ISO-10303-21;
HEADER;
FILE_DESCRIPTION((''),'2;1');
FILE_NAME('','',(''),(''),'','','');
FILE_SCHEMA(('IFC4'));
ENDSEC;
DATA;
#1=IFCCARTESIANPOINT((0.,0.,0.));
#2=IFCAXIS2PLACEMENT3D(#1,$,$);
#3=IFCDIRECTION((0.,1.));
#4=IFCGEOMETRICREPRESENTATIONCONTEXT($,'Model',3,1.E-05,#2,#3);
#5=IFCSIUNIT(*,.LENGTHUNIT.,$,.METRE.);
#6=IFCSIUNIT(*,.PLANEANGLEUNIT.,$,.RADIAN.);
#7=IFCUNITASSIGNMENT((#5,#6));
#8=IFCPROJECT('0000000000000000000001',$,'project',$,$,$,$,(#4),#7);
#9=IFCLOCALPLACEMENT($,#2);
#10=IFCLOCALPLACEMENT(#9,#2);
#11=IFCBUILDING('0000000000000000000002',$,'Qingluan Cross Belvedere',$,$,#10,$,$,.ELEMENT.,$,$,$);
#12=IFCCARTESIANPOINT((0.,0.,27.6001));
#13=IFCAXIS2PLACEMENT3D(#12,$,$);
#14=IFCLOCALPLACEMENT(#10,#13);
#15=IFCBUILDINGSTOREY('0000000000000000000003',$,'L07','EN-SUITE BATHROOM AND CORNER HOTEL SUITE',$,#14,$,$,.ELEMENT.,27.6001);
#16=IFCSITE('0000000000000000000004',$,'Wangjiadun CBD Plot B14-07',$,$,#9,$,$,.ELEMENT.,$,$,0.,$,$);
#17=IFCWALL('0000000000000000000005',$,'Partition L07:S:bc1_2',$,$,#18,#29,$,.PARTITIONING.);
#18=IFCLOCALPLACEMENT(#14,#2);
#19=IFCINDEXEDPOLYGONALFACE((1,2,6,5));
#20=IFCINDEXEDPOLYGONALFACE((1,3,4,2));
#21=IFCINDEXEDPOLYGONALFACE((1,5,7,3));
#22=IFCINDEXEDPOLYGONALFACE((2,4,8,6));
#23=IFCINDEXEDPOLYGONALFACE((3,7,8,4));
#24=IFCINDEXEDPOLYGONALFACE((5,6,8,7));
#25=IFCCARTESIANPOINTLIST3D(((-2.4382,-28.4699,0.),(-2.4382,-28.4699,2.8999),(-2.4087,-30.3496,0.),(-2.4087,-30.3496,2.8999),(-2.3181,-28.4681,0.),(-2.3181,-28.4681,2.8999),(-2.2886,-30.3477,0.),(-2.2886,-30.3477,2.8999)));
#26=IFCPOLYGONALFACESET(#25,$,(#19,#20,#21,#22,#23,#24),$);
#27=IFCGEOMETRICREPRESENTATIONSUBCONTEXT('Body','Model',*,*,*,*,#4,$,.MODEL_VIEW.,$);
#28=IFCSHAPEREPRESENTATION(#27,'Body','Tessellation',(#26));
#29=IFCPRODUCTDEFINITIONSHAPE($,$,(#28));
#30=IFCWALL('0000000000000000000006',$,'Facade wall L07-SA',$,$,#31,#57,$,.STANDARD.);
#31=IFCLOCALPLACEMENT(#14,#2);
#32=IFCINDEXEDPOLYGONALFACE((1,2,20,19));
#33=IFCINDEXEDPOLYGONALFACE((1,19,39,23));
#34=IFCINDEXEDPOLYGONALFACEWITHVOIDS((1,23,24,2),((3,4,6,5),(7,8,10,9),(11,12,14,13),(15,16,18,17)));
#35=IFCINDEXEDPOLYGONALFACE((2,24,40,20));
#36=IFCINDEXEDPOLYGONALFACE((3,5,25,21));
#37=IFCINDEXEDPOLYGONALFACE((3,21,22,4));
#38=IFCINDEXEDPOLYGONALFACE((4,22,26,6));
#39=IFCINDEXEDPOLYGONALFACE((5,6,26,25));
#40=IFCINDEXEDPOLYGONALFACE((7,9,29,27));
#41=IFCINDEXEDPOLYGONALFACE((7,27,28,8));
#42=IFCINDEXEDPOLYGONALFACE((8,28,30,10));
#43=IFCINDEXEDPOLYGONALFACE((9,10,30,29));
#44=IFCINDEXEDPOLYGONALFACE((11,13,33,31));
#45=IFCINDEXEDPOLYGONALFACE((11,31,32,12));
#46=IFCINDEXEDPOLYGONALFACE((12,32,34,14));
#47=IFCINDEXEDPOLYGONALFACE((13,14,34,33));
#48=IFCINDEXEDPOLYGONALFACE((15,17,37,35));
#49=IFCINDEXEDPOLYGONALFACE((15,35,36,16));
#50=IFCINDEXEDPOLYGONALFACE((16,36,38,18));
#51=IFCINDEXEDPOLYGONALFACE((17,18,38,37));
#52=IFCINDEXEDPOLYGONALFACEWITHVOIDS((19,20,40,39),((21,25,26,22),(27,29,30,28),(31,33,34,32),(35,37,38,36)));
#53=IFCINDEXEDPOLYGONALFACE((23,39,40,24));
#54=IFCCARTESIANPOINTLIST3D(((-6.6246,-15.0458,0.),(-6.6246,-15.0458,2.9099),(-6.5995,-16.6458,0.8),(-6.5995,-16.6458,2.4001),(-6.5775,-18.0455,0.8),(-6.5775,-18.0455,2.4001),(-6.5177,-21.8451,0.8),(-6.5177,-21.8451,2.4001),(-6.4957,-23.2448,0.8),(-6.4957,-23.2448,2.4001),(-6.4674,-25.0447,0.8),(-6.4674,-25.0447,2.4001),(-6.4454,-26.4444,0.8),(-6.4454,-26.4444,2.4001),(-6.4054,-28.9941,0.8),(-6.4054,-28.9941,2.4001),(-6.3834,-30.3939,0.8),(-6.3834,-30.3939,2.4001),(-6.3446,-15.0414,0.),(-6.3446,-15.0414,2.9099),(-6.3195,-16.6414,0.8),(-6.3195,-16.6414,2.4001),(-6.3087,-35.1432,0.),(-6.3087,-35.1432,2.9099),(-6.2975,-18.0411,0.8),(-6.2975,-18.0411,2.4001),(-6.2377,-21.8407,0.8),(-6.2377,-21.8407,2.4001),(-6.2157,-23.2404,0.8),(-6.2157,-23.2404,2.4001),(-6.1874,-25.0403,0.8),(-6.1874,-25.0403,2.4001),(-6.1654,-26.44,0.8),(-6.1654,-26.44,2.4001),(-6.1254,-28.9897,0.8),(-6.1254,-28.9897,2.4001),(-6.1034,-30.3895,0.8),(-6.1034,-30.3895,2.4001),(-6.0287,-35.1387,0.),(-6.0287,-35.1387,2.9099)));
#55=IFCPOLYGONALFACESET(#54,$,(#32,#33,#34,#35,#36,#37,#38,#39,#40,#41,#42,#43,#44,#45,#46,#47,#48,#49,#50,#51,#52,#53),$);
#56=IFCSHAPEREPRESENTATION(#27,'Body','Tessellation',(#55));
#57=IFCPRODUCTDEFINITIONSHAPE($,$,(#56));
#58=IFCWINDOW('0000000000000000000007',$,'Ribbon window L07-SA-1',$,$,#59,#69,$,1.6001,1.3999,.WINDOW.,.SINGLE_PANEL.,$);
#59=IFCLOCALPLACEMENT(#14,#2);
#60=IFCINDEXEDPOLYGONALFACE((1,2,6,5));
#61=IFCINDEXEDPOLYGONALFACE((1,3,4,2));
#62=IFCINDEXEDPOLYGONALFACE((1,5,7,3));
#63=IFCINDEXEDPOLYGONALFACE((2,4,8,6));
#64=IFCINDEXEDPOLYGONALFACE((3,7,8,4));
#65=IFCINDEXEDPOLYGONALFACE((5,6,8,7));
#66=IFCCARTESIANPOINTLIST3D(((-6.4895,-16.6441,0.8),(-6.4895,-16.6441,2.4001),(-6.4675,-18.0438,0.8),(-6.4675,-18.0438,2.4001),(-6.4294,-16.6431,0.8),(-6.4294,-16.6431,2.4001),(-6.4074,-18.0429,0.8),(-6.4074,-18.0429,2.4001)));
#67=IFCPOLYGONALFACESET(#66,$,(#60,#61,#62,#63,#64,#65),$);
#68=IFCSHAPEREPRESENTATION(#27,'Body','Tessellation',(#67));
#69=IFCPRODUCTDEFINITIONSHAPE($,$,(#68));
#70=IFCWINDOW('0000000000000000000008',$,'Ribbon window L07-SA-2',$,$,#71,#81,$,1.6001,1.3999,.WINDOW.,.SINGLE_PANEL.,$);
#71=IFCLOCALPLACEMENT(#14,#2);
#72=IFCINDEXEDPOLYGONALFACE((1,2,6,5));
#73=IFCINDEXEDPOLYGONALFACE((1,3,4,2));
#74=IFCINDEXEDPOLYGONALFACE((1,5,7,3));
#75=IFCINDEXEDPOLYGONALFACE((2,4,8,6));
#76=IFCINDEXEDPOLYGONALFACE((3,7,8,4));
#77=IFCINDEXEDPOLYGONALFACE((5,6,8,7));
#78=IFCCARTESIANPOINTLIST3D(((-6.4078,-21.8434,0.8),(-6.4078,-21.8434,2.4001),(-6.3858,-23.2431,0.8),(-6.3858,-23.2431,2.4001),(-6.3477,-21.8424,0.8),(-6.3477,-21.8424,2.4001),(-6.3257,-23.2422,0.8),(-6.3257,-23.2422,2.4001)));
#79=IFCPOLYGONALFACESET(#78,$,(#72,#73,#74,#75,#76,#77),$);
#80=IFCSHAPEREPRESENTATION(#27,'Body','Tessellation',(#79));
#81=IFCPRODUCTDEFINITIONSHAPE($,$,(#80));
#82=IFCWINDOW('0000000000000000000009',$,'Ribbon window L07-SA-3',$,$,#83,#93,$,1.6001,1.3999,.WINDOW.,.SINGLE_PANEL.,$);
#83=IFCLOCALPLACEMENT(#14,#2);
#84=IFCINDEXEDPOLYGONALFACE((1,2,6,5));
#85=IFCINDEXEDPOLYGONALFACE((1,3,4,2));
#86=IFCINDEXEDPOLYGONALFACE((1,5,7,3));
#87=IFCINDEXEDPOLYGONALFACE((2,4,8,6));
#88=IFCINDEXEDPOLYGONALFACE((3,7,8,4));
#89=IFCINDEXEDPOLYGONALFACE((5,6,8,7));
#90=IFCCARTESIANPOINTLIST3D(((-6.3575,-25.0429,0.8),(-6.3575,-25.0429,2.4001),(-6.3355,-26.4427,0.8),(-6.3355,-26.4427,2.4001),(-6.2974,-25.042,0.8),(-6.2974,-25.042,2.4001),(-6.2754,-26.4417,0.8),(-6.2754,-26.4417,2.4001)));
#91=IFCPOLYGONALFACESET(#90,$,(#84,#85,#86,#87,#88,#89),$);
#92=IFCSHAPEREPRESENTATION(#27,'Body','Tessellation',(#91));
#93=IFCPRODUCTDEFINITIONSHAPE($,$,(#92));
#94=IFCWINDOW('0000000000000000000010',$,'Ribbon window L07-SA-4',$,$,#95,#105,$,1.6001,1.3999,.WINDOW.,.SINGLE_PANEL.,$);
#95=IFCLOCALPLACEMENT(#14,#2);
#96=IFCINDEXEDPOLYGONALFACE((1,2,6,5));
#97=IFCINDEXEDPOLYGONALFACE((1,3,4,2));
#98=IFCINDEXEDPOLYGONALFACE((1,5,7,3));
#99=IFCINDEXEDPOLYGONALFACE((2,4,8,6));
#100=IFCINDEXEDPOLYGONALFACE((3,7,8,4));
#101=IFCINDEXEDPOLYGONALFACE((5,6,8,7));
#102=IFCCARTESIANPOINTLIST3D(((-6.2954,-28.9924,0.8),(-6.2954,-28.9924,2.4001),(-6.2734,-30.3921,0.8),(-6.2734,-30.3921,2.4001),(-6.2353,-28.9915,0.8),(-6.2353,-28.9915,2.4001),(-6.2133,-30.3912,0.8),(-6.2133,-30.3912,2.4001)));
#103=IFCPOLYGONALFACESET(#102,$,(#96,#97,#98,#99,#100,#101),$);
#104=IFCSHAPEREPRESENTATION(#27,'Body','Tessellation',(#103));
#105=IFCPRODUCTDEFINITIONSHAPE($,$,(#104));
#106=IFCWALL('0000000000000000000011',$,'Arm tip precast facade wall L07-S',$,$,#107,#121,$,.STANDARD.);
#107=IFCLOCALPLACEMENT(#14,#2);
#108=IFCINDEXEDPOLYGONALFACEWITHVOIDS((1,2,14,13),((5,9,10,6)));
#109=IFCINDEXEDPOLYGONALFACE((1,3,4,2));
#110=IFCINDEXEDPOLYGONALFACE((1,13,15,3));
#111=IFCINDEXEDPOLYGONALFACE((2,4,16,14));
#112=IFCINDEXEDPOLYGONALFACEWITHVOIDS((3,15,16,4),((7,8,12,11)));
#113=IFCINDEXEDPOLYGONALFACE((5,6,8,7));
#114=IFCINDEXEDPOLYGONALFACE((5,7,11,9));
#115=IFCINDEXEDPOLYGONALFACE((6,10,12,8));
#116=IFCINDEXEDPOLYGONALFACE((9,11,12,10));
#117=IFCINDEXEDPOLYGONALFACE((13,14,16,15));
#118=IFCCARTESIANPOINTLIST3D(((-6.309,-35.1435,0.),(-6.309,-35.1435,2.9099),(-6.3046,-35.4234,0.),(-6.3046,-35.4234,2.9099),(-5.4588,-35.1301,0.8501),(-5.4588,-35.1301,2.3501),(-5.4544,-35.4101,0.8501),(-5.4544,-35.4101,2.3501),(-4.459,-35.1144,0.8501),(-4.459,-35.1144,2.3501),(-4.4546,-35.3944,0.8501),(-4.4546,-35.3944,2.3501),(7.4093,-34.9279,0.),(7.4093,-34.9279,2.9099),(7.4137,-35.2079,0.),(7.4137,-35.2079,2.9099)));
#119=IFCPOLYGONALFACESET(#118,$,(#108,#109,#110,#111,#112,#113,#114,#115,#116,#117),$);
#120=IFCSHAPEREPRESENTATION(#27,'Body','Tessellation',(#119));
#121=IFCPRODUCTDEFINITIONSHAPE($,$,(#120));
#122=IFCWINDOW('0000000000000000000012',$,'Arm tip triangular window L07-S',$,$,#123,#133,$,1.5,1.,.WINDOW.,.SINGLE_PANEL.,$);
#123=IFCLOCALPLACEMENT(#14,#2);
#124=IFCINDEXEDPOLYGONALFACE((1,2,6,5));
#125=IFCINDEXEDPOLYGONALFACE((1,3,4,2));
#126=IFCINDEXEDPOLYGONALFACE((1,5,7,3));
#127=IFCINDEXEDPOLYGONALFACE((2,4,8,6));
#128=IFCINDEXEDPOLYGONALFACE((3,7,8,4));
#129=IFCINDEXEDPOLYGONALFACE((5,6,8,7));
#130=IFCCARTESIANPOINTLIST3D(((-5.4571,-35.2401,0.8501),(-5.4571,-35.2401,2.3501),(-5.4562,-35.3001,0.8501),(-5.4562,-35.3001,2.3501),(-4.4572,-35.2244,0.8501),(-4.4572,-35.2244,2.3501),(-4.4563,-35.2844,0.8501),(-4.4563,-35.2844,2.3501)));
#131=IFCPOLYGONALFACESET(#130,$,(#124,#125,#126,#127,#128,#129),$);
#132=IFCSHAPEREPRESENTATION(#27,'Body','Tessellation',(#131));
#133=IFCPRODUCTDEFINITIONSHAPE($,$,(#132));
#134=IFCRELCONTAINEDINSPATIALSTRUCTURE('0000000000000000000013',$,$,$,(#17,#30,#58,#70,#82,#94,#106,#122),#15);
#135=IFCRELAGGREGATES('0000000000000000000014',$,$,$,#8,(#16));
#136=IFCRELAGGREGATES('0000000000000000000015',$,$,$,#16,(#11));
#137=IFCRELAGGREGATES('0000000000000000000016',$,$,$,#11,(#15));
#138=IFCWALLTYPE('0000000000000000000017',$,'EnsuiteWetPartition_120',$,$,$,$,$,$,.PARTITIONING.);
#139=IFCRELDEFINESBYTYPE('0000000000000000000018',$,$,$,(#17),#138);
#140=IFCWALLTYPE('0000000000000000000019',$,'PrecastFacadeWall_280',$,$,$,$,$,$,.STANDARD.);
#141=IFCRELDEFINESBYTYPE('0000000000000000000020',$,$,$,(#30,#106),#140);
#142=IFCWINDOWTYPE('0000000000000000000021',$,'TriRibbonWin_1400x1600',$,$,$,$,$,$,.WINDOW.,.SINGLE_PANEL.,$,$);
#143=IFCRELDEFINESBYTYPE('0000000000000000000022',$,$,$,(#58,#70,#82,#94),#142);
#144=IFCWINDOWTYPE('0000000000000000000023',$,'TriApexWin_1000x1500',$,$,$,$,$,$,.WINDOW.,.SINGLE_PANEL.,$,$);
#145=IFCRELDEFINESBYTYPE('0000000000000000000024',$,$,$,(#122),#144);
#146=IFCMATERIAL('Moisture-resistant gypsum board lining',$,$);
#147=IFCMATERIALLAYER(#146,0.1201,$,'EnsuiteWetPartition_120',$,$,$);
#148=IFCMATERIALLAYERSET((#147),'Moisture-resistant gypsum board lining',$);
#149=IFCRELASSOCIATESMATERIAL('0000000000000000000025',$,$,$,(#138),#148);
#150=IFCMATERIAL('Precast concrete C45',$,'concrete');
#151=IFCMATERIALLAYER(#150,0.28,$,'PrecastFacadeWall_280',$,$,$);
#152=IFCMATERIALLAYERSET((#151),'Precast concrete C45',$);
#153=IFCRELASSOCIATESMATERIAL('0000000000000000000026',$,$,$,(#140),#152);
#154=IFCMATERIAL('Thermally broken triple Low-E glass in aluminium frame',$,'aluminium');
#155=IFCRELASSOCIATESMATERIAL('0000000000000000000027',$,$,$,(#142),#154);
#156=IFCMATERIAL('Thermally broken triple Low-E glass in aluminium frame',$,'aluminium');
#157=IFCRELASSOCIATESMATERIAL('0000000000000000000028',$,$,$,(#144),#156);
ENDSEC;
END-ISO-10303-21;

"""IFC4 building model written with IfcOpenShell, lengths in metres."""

from ifc_helpers import new_model, si_unit, direction, frame, frame_2d, origin, place, context, subcontext, project, spatial, rectangle, extrude, material, layer, layer_set, type_object, element, fill, save


model = new_model("IFC4")

# Units and contexts
model_context = context("Model", 3, precision=1e-05, world=origin(), true_north=direction((0.0, 1.0)))
body_context = subcontext(model_context, "Body", "Model", "MODEL_VIEW")
ifc_project = project(units=[si_unit("LENGTHUNIT", "METRE"), si_unit("PLANEANGLEUNIT", "RADIAN")], contexts=[model_context])

# Site, building, storey
site_placement = place(None, origin())
site = spatial("IfcSite", under=ifc_project, at=site_placement, Name="Wangjiadun CBD Plot B14-07", CompositionType="ELEMENT", RefElevation=0.0)
building_placement = place(site_placement, origin())
building = spatial("IfcBuilding", under=site, at=building_placement, Name="Qingluan Cross Belvedere", CompositionType="ELEMENT")
storey_placement = place(building_placement, frame((0.0, 0.0, 27.6001)))
storey = spatial("IfcBuildingStorey", under=building, at=storey_placement, Name="L07", Description="EN-SUITE BATHROOM AND CORNER HOTEL SUITE", CompositionType="ELEMENT", Elevation=27.6001)

# Shared definitions
ifc_material_1 = material(Name="Moisture-resistant gypsum board lining")
ifc_layer_1 = layer(ifc_material_1, 0.1201, Name="EnsuiteWetPartition_120")
ifc_layer_set_1 = layer_set([ifc_layer_1], Name="Moisture-resistant gypsum board lining")
wall_type_1 = type_object("IfcWallType", Name="EnsuiteWetPartition_120", PredefinedType="PARTITIONING", material=ifc_layer_set_1)

# Wall
wall_1_placement = place(storey_placement, frame((-2.3782, -28.469, 0.0), z_axis=(0.0, 0.0, 1.0), x_axis=(0.015714, -0.999877, 0.0)))
element("IfcWall", 1, at=wall_1_placement, inside=storey, type_object=wall_type_1, Name="Partition L07:S:bc1_2", PredefinedType="PARTITIONING", context=body_context, shape_type="SweptSolid", body=[
    extrude(rectangle(XDim=1.8799, YDim=0.1201, at=frame_2d((0.9399, 0.0))), origin(), (0.0, 0.0, 1.0), 2.8999),
])

# Wall, openings, windows
ifc_material_2 = material(Name="Precast concrete C45", Category="concrete")
ifc_layer_2 = layer(ifc_material_2, 0.28, Name="PrecastFacadeWall_280")
ifc_layer_set_2 = layer_set([ifc_layer_2], Name="Precast concrete C45")
wall_type_2 = type_object("IfcWallType", Name="PrecastFacadeWall_280", PredefinedType="STANDARD", material=ifc_layer_set_2)
wall_2_placement = place(storey_placement, frame((-6.4846, -15.0437, 0.0), z_axis=(0.0, 0.0, 1.0), x_axis=(0.015717, -0.999876, 0.0)))
wall_2 = element("IfcWall", 2, at=wall_2_placement, inside=storey, type_object=wall_type_2, Name="Facade wall L07-SA", PredefinedType="STANDARD", context=body_context, shape_type="SweptSolid", body=[
    extrude(rectangle(XDim=20.0999, YDim=0.28, at=frame_2d((10.0498, 0.0))), origin(), (0.0, 0.0, 1.0), 2.9099),
])
opening_1_placement = place(wall_2_placement, frame((1.6001, 0.0, 0.8)))
opening_1 = element("IfcOpeningElement", 3, at=opening_1_placement, cuts=wall_2, PredefinedType="OPENING", context=body_context, shape_type="SweptSolid", body=[
    extrude(rectangle(XDim=1.3999, YDim=1.6001, at=frame_2d((0.7, 0.8))), frame((0.0, 0.1499, 0.0), z_axis=(0.0, -1.0, 0.0), x_axis=(1.0, 0.0, 0.0)), (0.0, 0.0, 1.0), 0.3),
])
opening_2_placement = place(wall_2_placement, frame((6.8, 0.0, 0.8)))
opening_2 = element("IfcOpeningElement", 4, at=opening_2_placement, cuts=wall_2, PredefinedType="OPENING", context=body_context, shape_type="SweptSolid", body=[
    extrude(rectangle(XDim=1.3999, YDim=1.6001, at=frame_2d((0.7, 0.8))), frame((0.0, 0.1499, 0.0), z_axis=(0.0, -1.0, 0.0), x_axis=(1.0, 0.0, 0.0)), (0.0, 0.0, 1.0), 0.3),
])
opening_3_placement = place(wall_2_placement, frame((10.0, 0.0, 0.8)))
opening_3 = element("IfcOpeningElement", 5, at=opening_3_placement, cuts=wall_2, PredefinedType="OPENING", context=body_context, shape_type="SweptSolid", body=[
    extrude(rectangle(XDim=1.3999, YDim=1.6001, at=frame_2d((0.7, 0.8))), frame((0.0, 0.1499, 0.0), z_axis=(0.0, -1.0, 0.0), x_axis=(1.0, 0.0, 0.0)), (0.0, 0.0, 1.0), 0.3),
])
opening_4_placement = place(wall_2_placement, frame((13.95, 0.0, 0.8)))
opening_4 = element("IfcOpeningElement", 6, at=opening_4_placement, cuts=wall_2, PredefinedType="OPENING", context=body_context, shape_type="SweptSolid", body=[
    extrude(rectangle(XDim=1.3999, YDim=1.6001, at=frame_2d((0.7, 0.8))), frame((0.0, 0.1499, 0.0), z_axis=(0.0, -1.0, 0.0), x_axis=(1.0, 0.0, 0.0)), (0.0, 0.0, 1.0), 0.3),
])
ifc_material_3 = material(Name="Thermally broken triple Low-E glass in aluminium frame", Category="aluminium")
window_type_1 = type_object("IfcWindowType", Name="TriRibbonWin_1400x1600", PartitioningType="SINGLE_PANEL", PredefinedType="WINDOW", material=ifc_material_3)
window_1_placement = place(opening_1_placement, origin())
window_1 = element("IfcWindow", 7, at=window_1_placement, inside=storey, type_object=window_type_1, Name="Ribbon window L07-SA-1", OverallHeight=1.6001, OverallWidth=1.3999, PartitioningType="SINGLE_PANEL", PredefinedType="WINDOW", context=body_context, shape_type="SweptSolid", body=[
    extrude(rectangle(XDim=1.3999, YDim=1.6001, at=frame_2d((0.7, 0.8))), frame((0.0, 0.03, 0.0), z_axis=(0.0, -1.0, 0.0), x_axis=(1.0, 0.0, 0.0)), (0.0, 0.0, 1.0), 0.0601),
])
fill(opening_1, window_1)
window_2_placement = place(opening_2_placement, origin())
window_2 = element("IfcWindow", 8, at=window_2_placement, inside=storey, type_object=window_type_1, Name="Ribbon window L07-SA-2", OverallHeight=1.6001, OverallWidth=1.3999, PartitioningType="SINGLE_PANEL", PredefinedType="WINDOW", context=body_context, shape_type="SweptSolid", body=[
    extrude(rectangle(XDim=1.3999, YDim=1.6001, at=frame_2d((0.7, 0.8))), frame((0.0, 0.03, 0.0), z_axis=(0.0, -1.0, 0.0), x_axis=(1.0, 0.0, 0.0)), (0.0, 0.0, 1.0), 0.0601),
])
fill(opening_2, window_2)
window_3_placement = place(opening_3_placement, origin())
window_3 = element("IfcWindow", 9, at=window_3_placement, inside=storey, type_object=window_type_1, Name="Ribbon window L07-SA-3", OverallHeight=1.6001, OverallWidth=1.3999, PartitioningType="SINGLE_PANEL", PredefinedType="WINDOW", context=body_context, shape_type="SweptSolid", body=[
    extrude(rectangle(XDim=1.3999, YDim=1.6001, at=frame_2d((0.7, 0.8))), frame((0.0, 0.03, 0.0), z_axis=(0.0, -1.0, 0.0), x_axis=(1.0, 0.0, 0.0)), (0.0, 0.0, 1.0), 0.0601),
])
fill(opening_3, window_3)
window_4_placement = place(opening_4_placement, origin())
window_4 = element("IfcWindow", 10, at=window_4_placement, inside=storey, type_object=window_type_1, Name="Ribbon window L07-SA-4", OverallHeight=1.6001, OverallWidth=1.3999, PartitioningType="SINGLE_PANEL", PredefinedType="WINDOW", context=body_context, shape_type="SweptSolid", body=[
    extrude(rectangle(XDim=1.3999, YDim=1.6001, at=frame_2d((0.7, 0.8))), frame((0.0, 0.03, 0.0), z_axis=(0.0, -1.0, 0.0), x_axis=(1.0, 0.0, 0.0)), (0.0, 0.0, 1.0), 0.0601),
])
fill(opening_4, window_4)

# Wall, opening, window
wall_3_placement = place(storey_placement, frame((-6.3066, -35.2834, 0.0), z_axis=(0.0, 0.0, 1.0), x_axis=(0.999877, 0.015713, 0.0)))
wall_3 = element("IfcWall", 11, at=wall_3_placement, inside=storey, type_object=wall_type_2, Name="Arm tip precast facade wall L07-S", PredefinedType="STANDARD", context=body_context, shape_type="SweptSolid", body=[
    extrude(rectangle(XDim=13.72, YDim=0.28, at=frame_2d((6.8599, 0.0))), origin(), (0.0, 0.0, 1.0), 2.9099),
])
opening_5_placement = place(wall_3_placement, frame((0.8501, 0.0, 0.8501)))
opening_5 = element("IfcOpeningElement", 12, at=opening_5_placement, cuts=wall_3, PredefinedType="OPENING", context=body_context, shape_type="SweptSolid", body=[
    extrude(rectangle(XDim=1.0, YDim=1.5, at=frame_2d((0.5, 0.75))), frame((0.0, 0.1499, 0.0), z_axis=(0.0, -1.0, 0.0), x_axis=(1.0, 0.0, 0.0)), (0.0, 0.0, 1.0), 0.3),
])
ifc_material_4 = material(Name="Thermally broken triple Low-E glass in aluminium frame", Category="aluminium")
window_type_2 = type_object("IfcWindowType", Name="TriApexWin_1000x1500", PartitioningType="SINGLE_PANEL", PredefinedType="WINDOW", material=ifc_material_4)
window_5_placement = place(opening_5_placement, origin())
window_5 = element("IfcWindow", 13, at=window_5_placement, inside=storey, type_object=window_type_2, Name="Arm tip triangular window L07-S", OverallHeight=1.5, OverallWidth=1.0, PartitioningType="SINGLE_PANEL", PredefinedType="WINDOW", context=body_context, shape_type="SweptSolid", body=[
    extrude(rectangle(XDim=1.0, YDim=1.5, at=frame_2d((0.5, 0.75))), frame((0.0, 0.03, 0.0), z_axis=(0.0, -1.0, 0.0), x_axis=(1.0, 0.0, 0.0)), (0.0, 0.0, 1.0), 0.0601),
])
fill(opening_5, window_5)

save(model, "model.ifc")
